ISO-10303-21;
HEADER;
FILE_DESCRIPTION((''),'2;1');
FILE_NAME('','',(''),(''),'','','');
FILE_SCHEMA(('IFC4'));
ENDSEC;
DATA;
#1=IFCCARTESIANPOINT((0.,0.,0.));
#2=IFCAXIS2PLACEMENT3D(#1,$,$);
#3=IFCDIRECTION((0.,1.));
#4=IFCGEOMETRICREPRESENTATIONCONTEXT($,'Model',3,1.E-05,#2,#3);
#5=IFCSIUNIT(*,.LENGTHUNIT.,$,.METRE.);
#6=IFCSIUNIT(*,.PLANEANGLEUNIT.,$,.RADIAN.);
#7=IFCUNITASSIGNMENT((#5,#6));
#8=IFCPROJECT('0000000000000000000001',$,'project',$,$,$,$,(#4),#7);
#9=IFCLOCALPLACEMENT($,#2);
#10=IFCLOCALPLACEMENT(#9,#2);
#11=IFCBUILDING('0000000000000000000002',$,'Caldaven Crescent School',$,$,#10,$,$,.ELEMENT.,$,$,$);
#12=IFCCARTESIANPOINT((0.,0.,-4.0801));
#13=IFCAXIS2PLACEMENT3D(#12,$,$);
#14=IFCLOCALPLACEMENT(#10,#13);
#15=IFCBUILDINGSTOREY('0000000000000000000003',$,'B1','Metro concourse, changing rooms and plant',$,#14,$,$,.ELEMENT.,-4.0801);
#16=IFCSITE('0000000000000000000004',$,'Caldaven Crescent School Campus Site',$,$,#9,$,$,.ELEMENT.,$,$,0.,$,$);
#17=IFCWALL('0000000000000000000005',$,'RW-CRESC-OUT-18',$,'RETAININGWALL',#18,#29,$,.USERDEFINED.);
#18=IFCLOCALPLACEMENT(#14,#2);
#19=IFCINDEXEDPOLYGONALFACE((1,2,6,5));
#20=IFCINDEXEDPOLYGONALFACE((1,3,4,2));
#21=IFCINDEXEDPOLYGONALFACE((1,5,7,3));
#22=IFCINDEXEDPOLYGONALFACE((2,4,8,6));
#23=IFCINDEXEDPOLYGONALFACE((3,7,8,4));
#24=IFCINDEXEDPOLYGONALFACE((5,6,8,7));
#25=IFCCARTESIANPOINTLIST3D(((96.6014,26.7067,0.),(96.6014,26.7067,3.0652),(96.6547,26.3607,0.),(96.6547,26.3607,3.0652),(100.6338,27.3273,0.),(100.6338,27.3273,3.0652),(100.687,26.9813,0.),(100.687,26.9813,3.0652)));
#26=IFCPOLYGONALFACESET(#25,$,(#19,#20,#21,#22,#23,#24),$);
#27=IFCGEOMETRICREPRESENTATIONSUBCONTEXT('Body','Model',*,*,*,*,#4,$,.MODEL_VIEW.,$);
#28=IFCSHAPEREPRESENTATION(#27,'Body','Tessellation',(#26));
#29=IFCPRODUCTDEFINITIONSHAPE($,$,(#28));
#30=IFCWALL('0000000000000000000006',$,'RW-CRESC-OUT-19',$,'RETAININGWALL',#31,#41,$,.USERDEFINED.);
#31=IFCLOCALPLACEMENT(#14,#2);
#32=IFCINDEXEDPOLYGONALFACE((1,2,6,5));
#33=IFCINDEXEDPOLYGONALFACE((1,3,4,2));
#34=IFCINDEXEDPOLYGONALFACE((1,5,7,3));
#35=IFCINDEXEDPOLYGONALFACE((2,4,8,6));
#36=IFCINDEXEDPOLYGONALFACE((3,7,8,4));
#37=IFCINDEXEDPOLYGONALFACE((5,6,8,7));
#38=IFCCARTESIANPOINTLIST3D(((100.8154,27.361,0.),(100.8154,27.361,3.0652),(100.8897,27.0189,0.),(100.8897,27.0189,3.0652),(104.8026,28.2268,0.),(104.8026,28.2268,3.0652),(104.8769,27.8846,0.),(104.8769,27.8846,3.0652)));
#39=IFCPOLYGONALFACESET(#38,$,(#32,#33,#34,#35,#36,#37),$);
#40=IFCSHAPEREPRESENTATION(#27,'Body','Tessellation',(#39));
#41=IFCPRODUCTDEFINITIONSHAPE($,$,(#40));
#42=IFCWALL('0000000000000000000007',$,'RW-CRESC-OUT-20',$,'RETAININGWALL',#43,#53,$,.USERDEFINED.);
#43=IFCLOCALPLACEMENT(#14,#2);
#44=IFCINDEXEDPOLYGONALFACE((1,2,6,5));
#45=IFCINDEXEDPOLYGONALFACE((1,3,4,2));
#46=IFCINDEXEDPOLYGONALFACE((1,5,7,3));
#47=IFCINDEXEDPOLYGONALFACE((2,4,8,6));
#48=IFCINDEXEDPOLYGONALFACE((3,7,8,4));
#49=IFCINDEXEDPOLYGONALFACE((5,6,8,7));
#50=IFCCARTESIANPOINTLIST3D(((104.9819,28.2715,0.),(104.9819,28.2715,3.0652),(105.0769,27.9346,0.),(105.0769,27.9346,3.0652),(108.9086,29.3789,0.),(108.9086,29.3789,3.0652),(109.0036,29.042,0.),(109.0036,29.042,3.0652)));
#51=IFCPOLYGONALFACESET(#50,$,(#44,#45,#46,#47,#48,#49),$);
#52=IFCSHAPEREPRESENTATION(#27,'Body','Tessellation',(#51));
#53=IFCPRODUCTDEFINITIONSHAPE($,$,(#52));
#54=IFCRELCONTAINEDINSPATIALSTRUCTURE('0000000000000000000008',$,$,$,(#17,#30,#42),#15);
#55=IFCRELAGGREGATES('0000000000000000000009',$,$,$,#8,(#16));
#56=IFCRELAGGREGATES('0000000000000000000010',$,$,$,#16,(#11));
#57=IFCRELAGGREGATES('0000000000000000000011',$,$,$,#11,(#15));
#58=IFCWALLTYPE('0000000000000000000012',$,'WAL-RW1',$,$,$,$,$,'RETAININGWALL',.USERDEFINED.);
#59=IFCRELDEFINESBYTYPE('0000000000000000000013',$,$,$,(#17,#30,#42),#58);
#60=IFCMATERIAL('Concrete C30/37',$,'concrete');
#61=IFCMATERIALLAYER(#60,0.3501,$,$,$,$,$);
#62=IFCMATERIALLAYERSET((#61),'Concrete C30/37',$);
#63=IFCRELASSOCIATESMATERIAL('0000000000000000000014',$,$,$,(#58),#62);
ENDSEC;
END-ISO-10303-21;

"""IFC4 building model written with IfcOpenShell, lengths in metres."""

from ifc_helpers import new_model, si_unit, direction, frame, frame_2d, origin, place, context, subcontext, project, spatial, rectangle, extrude, material, layer, layer_set, type_object, element, save


model = new_model("IFC4")

# Units and contexts
model_context = context("Model", 3, precision=1e-05, world=origin(), true_north=direction((0.0, 1.0)))
body_context = subcontext(model_context, "Body", "Model", "MODEL_VIEW")
ifc_project = project(units=[si_unit("LENGTHUNIT", "METRE"), si_unit("PLANEANGLEUNIT", "RADIAN")], contexts=[model_context])

# Site, building, storey
site_placement = place(None, origin())
site = spatial("IfcSite", under=ifc_project, at=site_placement, Name="Caldaven Crescent School Campus Site", CompositionType="ELEMENT", RefElevation=0.0)
building_placement = place(site_placement, origin())
building = spatial("IfcBuilding", under=site, at=building_placement, Name="Caldaven Crescent School", CompositionType="ELEMENT")
storey_placement = place(building_placement, frame((0.0, 0.0, -4.0801)))
storey = spatial("IfcBuildingStorey", under=building, at=storey_placement, Name="B1", Description="Metro concourse, changing rooms and plant", CompositionType="ELEMENT", Elevation=-4.0801)

# Shared definitions
ifc_material_1 = material(Name="Concrete C30/37", Category="concrete")

# Walls
ifc_layer = layer(ifc_material_1, 0.3501)
ifc_layer_set = layer_set([ifc_layer], Name="Concrete C30/37")
wall_type = type_object("IfcWallType", Name="WAL-RW1", ElementType="RETAININGWALL", PredefinedType="USERDEFINED", material=ifc_layer_set)
wall_1_placement = place(storey_placement, frame((96.6279, 26.5337, 0.0), z_axis=(0.0, 0.0, 1.0), x_axis=(0.988363, 0.152111, 0.0)))
element("IfcWall", 1, at=wall_1_placement, inside=storey, type_object=wall_type, Name="RW-CRESC-OUT-18", ObjectType="RETAININGWALL", PredefinedType="USERDEFINED", context=body_context, shape_type="SweptSolid", body=[
    extrude(rectangle(XDim=4.0798, YDim=0.3501, at=frame_2d((2.04, 0.0))), origin(), (0.0, 0.0, 1.0), 3.0652),
])
wall_2_placement = place(storey_placement, frame((100.8525, 27.1899, 0.0), z_axis=(0.0, 0.0, 1.0), x_axis=(0.977229, 0.212189, 0.0)))
element("IfcWall", 2, at=wall_2_placement, inside=storey, type_object=wall_type, Name="RW-CRESC-OUT-19", ObjectType="RETAININGWALL", PredefinedType="USERDEFINED", context=body_context, shape_type="SweptSolid", body=[
    extrude(rectangle(XDim=4.0801, YDim=0.3501, at=frame_2d((2.04, 0.0))), origin(), (0.0, 0.0, 1.0), 3.0652),
])
wall_3_placement = place(storey_placement, frame((105.0293, 28.103, 0.0), z_axis=(0.0, 0.0, 1.0), x_axis=(0.962458, 0.271432, 0.0)))
element("IfcWall", 3, at=wall_3_placement, inside=storey, type_object=wall_type, Name="RW-CRESC-OUT-20", ObjectType="RETAININGWALL", PredefinedType="USERDEFINED", context=body_context, shape_type="SweptSolid", body=[
    extrude(rectangle(XDim=4.0798, YDim=0.3501, at=frame_2d((2.04, 0.0))), origin(), (0.0, 0.0, 1.0), 3.0652),
])

save(model, "model.ifc")
